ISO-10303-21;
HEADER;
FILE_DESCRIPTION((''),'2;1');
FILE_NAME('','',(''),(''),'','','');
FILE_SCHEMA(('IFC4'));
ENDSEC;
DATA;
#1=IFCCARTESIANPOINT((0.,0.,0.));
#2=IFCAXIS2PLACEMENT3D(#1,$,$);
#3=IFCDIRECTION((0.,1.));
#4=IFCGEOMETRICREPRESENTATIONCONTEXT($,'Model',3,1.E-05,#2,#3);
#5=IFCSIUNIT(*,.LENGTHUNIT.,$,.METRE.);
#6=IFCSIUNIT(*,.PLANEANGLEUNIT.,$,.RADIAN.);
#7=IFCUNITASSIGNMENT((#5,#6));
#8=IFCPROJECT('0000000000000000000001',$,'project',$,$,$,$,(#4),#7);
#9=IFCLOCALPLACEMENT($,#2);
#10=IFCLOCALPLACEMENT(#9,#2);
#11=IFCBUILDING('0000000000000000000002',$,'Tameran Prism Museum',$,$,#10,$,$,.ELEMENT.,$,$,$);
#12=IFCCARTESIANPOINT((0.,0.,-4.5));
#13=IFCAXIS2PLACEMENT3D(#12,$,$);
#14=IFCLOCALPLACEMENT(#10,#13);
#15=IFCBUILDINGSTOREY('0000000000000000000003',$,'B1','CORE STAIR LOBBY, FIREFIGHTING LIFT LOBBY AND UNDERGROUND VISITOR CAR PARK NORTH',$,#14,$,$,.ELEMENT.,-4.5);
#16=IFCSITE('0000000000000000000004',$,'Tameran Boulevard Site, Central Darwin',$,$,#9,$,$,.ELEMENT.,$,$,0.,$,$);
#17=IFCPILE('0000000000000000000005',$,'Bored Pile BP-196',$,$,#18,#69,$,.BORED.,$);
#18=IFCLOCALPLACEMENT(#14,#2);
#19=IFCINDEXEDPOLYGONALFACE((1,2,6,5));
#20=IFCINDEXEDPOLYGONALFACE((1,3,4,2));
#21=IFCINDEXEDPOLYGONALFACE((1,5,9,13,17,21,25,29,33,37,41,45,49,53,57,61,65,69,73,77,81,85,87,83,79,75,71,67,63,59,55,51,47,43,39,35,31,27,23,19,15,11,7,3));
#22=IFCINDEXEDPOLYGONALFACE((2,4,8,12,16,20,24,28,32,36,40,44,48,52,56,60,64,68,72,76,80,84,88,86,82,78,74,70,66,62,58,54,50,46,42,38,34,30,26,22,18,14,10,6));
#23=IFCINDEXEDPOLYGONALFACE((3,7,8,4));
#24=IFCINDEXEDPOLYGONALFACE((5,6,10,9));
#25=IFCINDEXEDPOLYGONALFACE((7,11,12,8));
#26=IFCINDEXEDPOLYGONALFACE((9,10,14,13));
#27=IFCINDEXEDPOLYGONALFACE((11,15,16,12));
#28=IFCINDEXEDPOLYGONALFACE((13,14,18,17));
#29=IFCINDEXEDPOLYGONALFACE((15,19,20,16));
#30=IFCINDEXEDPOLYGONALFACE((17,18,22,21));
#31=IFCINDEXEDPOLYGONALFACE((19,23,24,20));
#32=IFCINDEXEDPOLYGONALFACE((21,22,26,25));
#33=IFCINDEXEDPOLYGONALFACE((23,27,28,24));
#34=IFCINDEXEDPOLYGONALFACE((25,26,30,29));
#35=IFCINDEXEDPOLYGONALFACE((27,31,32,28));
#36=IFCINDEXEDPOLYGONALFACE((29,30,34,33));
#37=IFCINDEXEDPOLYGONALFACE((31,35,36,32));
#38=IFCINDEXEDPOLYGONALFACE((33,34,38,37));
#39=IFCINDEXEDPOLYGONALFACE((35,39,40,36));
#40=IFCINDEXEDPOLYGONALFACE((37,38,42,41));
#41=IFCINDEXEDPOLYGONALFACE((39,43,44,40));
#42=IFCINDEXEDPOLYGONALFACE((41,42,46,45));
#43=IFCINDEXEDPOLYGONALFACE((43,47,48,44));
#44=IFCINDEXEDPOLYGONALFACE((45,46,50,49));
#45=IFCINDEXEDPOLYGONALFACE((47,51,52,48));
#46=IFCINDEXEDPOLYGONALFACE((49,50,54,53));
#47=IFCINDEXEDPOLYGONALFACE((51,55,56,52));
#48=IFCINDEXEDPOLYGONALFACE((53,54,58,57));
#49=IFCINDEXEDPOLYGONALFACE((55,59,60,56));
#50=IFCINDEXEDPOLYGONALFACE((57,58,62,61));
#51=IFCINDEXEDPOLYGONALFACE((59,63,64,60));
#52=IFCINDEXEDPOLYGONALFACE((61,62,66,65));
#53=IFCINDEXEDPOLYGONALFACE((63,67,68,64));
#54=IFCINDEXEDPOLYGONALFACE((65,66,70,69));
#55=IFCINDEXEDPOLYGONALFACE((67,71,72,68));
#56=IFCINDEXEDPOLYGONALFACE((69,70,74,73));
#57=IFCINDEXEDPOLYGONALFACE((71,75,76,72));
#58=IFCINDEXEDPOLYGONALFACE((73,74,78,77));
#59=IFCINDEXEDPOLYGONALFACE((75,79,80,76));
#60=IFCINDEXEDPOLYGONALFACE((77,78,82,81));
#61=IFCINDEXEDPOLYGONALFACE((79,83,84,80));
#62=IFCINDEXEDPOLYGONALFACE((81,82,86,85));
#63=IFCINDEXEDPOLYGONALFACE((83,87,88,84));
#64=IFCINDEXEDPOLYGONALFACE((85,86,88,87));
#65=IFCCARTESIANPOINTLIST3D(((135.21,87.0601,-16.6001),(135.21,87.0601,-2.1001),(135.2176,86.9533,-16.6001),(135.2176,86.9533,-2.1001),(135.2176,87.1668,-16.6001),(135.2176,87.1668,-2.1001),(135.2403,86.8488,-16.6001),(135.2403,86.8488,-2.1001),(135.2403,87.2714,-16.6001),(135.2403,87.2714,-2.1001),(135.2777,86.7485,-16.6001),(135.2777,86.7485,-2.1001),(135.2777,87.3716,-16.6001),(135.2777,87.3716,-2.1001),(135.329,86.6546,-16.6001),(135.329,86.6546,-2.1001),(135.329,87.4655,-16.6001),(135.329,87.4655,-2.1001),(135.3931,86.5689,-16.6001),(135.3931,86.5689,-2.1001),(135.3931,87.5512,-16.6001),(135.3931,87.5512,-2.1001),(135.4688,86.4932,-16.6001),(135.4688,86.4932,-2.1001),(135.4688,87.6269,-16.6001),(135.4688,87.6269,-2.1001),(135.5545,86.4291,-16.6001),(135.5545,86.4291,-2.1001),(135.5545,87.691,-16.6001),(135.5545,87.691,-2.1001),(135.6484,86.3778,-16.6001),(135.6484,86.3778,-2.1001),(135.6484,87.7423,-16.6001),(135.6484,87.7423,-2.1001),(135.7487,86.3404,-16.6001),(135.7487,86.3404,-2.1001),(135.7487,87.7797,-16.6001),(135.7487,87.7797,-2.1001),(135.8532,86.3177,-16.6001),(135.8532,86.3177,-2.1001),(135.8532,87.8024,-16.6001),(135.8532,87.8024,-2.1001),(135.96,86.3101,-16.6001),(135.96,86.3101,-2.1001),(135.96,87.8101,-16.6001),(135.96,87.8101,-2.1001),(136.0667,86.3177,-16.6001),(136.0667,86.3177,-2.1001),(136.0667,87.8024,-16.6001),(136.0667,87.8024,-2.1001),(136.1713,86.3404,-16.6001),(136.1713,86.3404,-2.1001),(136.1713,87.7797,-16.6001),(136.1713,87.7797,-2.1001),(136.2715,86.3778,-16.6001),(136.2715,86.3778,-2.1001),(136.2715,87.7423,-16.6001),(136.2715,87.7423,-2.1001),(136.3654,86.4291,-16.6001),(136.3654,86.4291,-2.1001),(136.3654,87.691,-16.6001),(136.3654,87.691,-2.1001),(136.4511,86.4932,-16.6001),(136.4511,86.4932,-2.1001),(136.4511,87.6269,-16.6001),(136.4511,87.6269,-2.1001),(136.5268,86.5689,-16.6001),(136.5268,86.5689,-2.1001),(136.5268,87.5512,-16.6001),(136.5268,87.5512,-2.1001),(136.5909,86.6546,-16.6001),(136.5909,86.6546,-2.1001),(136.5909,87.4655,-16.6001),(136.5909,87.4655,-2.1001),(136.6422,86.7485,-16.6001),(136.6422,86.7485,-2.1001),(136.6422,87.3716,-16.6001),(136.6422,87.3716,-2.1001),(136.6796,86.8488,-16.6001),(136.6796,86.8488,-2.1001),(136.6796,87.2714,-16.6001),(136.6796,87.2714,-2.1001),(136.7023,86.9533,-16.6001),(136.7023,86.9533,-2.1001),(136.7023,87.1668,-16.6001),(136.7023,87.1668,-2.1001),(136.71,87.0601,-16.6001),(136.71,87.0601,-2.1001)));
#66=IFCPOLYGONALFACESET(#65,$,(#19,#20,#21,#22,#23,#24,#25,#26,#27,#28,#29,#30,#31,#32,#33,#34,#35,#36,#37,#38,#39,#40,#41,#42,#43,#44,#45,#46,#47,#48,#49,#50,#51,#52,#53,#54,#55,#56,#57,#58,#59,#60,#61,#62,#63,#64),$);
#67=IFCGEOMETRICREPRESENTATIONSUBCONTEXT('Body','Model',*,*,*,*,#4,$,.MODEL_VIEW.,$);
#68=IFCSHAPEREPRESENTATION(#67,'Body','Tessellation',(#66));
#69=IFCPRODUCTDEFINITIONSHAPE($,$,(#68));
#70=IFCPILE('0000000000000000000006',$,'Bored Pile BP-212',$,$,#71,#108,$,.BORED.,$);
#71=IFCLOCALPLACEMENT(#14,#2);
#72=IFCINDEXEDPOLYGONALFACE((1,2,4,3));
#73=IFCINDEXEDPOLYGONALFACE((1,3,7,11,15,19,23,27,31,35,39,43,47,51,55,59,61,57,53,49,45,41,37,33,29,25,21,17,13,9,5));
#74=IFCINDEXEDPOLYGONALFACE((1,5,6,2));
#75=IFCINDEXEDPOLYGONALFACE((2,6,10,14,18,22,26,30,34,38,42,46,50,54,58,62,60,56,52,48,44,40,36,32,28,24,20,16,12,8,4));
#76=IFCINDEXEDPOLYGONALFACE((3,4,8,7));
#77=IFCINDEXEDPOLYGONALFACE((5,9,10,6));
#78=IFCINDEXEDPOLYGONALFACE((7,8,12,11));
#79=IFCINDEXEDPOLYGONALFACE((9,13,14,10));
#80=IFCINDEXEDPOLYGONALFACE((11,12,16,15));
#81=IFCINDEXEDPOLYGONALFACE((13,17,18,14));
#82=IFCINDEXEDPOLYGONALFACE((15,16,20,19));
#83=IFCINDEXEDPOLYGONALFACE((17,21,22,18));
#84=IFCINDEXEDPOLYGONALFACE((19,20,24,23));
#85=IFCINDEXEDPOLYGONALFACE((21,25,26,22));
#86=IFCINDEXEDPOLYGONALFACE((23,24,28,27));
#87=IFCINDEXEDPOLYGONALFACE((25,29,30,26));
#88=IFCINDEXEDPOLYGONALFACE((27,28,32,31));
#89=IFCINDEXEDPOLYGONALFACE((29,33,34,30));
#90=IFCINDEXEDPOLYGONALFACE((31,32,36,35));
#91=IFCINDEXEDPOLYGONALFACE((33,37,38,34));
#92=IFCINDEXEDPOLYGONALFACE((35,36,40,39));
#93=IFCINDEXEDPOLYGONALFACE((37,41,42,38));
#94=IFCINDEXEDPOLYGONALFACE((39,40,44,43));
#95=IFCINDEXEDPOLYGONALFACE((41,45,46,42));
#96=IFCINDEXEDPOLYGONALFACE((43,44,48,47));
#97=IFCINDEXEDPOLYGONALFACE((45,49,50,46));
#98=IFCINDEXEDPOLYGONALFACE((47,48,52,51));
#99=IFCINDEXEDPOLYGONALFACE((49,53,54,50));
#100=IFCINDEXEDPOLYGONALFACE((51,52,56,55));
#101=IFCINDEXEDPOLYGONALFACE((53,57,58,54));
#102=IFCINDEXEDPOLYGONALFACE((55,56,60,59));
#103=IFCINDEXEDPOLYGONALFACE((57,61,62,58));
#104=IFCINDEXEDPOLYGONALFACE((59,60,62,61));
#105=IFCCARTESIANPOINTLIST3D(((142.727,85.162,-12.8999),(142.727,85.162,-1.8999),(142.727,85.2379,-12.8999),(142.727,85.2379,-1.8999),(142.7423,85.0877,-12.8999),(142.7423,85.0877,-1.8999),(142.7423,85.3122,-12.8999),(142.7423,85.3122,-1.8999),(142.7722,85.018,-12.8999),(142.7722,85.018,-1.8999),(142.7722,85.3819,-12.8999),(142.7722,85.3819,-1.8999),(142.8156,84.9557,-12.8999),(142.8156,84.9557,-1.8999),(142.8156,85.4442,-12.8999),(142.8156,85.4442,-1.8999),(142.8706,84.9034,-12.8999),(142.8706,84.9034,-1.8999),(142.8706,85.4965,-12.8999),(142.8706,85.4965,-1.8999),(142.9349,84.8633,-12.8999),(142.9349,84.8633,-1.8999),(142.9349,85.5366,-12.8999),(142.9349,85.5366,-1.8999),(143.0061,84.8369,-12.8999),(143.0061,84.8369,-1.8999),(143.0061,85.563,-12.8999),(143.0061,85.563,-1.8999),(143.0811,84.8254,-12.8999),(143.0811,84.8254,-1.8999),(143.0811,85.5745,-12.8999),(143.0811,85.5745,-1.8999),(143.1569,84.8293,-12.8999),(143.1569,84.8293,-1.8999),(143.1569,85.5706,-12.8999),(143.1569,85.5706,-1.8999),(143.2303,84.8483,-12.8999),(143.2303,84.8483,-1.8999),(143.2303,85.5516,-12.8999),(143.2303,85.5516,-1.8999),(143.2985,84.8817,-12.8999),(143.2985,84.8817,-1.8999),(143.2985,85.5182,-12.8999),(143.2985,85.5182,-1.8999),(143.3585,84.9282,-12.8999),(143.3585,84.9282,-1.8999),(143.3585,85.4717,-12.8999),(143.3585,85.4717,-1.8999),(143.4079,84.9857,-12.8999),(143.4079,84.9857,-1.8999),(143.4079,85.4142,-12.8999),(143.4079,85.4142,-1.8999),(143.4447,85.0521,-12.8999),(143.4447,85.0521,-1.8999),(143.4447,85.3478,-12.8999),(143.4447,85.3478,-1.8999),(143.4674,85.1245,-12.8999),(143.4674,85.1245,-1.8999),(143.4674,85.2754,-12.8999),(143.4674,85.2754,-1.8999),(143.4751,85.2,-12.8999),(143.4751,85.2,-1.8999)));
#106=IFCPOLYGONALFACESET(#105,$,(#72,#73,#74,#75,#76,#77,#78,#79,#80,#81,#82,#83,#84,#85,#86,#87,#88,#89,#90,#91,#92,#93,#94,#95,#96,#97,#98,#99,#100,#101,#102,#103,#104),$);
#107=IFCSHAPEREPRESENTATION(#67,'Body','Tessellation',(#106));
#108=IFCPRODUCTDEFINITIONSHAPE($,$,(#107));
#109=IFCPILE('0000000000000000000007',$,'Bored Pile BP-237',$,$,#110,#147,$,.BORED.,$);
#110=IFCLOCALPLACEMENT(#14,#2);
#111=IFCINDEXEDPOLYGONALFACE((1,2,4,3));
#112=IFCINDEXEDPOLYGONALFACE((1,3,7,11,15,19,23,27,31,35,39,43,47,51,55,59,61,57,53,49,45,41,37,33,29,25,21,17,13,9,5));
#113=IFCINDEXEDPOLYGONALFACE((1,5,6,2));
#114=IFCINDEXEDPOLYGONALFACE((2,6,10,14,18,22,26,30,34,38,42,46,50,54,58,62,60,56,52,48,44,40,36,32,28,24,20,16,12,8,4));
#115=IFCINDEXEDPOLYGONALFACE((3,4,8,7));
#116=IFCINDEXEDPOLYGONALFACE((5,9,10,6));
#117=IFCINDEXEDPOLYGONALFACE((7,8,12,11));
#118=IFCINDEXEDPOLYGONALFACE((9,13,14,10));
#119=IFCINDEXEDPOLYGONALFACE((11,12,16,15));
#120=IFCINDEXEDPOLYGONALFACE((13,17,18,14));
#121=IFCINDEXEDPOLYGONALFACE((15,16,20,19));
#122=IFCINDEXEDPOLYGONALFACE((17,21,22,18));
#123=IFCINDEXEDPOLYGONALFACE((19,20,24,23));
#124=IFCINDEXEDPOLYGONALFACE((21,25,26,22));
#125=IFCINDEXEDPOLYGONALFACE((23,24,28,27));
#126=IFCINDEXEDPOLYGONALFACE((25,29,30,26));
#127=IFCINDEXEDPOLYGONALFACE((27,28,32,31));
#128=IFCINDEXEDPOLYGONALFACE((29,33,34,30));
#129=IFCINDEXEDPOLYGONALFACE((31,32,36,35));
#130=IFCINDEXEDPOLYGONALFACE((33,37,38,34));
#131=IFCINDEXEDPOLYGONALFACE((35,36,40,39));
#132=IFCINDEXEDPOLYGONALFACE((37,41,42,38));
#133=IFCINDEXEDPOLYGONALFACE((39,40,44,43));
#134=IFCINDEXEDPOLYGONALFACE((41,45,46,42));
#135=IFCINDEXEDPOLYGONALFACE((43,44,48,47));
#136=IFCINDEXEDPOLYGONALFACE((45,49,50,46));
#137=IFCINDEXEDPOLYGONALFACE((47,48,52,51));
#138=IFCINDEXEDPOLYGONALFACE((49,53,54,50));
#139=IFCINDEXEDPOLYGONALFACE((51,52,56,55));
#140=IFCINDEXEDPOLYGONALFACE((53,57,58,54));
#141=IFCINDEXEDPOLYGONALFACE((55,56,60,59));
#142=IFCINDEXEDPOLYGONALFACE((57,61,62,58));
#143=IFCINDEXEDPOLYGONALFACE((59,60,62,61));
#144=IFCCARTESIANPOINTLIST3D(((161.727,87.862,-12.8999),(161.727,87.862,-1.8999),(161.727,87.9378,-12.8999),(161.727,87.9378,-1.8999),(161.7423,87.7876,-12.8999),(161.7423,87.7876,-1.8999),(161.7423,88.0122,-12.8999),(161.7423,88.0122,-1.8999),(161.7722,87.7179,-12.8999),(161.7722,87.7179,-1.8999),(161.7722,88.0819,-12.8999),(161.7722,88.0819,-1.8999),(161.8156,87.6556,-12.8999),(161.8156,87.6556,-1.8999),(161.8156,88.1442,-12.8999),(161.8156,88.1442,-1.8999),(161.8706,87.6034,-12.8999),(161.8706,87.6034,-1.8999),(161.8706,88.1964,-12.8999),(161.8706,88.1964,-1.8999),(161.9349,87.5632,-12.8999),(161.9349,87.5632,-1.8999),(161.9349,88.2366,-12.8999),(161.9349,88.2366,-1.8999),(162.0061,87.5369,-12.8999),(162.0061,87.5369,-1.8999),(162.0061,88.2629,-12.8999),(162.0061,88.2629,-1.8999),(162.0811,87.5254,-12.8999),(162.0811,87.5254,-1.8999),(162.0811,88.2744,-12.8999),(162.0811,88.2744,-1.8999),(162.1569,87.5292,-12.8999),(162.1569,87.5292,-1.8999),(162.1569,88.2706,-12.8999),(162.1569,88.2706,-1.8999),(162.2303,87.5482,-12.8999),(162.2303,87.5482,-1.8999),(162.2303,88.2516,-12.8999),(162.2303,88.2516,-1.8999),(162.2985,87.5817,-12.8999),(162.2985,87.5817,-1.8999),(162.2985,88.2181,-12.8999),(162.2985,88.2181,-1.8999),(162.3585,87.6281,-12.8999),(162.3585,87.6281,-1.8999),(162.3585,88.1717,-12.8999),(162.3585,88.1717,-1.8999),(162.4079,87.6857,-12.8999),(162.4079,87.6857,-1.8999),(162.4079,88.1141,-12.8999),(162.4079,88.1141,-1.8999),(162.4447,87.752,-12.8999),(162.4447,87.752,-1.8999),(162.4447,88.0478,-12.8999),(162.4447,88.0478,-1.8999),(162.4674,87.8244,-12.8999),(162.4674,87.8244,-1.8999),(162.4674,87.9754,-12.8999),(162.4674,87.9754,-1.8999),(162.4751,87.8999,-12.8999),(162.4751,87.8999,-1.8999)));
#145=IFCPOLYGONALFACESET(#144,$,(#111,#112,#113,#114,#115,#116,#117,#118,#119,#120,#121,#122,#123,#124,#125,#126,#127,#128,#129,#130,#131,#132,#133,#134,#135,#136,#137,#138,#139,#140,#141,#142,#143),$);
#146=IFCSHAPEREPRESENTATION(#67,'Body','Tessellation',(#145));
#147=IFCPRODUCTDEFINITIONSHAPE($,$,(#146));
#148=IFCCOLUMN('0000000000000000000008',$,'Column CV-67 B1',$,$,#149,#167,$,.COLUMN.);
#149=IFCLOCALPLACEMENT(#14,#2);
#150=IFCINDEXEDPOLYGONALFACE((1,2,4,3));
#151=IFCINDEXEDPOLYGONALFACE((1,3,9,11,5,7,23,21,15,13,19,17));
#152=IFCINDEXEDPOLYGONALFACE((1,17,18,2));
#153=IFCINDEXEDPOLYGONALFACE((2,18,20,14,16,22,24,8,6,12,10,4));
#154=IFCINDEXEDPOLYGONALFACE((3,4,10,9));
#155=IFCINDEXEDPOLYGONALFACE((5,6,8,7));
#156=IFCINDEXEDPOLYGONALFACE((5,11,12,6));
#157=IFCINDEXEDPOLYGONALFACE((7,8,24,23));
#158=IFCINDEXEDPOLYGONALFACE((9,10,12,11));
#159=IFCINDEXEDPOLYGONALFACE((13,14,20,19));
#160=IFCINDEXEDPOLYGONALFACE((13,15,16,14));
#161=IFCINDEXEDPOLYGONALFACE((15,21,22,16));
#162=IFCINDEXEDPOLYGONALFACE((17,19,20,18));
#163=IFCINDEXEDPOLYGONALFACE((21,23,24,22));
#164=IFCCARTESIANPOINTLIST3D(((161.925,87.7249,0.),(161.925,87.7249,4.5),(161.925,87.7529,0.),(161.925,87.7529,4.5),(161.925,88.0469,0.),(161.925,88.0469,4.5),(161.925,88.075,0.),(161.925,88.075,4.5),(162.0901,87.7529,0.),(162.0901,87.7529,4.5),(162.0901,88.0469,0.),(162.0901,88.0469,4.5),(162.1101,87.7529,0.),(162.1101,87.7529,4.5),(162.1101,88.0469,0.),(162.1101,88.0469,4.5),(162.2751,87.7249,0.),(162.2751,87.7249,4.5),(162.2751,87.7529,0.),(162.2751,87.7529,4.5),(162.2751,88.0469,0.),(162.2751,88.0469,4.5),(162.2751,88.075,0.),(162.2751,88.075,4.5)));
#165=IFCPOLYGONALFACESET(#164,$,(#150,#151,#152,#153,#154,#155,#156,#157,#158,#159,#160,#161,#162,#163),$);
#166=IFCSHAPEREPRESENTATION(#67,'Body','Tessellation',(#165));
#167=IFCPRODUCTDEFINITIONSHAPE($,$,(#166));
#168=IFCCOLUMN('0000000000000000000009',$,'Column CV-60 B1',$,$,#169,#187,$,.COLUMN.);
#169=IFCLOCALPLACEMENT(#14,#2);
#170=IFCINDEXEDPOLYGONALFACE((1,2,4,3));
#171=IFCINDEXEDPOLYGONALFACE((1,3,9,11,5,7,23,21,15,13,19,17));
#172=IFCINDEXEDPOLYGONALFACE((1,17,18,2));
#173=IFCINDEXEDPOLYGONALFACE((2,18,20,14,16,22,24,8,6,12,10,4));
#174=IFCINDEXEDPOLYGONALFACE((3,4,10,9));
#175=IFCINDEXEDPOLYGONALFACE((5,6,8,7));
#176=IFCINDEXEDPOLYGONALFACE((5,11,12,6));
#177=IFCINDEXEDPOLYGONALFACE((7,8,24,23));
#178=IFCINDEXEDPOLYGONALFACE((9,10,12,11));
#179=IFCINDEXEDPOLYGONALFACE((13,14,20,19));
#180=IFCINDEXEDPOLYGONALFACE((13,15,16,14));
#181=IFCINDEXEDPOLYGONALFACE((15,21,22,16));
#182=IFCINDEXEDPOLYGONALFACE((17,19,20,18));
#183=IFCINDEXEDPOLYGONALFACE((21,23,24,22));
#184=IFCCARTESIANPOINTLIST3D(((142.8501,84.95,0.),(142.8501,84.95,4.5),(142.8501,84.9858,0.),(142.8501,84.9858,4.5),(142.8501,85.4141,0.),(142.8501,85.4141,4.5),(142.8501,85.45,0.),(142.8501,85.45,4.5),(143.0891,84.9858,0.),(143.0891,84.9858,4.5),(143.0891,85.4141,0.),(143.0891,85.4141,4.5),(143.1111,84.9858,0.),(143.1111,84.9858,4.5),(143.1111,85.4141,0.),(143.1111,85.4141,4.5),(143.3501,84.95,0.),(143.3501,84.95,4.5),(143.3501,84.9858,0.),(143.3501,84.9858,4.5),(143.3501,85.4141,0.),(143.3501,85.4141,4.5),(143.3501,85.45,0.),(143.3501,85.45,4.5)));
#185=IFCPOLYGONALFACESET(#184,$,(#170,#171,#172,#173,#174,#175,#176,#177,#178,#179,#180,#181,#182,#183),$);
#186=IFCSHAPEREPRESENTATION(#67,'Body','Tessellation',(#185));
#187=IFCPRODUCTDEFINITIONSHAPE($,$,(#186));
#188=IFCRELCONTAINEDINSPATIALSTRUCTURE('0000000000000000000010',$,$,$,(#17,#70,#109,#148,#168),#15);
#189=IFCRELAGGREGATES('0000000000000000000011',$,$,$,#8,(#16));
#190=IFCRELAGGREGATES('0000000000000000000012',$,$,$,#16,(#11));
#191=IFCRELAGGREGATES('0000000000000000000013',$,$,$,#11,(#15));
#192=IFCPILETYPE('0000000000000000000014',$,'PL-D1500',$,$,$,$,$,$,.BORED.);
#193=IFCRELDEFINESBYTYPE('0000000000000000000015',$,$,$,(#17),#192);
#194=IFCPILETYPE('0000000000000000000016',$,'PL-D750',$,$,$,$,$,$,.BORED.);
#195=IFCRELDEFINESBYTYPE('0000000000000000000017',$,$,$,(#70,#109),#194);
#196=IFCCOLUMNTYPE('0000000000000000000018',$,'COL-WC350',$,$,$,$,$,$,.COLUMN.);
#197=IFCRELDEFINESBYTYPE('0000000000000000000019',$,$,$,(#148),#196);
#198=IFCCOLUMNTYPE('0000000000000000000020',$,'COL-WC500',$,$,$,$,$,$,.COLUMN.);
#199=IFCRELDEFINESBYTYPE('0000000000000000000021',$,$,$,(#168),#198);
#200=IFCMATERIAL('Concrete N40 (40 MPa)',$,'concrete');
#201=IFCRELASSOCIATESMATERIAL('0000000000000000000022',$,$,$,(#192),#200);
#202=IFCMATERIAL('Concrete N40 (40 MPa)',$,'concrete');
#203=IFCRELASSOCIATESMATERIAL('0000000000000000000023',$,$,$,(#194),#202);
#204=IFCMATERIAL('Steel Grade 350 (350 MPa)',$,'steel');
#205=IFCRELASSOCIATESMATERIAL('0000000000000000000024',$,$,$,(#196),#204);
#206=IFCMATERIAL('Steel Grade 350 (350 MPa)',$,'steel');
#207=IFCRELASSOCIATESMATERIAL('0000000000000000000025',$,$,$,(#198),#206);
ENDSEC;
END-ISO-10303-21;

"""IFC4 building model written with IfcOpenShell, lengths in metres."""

from ifc_helpers import new_model, si_unit, direction, frame, origin, origin_2d, place, context, subcontext, project, spatial, circle, i_section, extrude, material, material_profile, profile_set, type_object, element, save


model = new_model("IFC4")

# Units and contexts
model_context = context("Model", 3, precision=1e-05, world=origin(), true_north=direction((0.0, 1.0)))
body_context = subcontext(model_context, "Body", "Model", "MODEL_VIEW")
ifc_project = project(units=[si_unit("LENGTHUNIT", "METRE"), si_unit("PLANEANGLEUNIT", "RADIAN")], contexts=[model_context])

# Site, building, storey
site_placement = place(None, origin())
site = spatial("IfcSite", under=ifc_project, at=site_placement, Name="Tameran Boulevard Site, Central Darwin", CompositionType="ELEMENT", RefElevation=0.0)
building_placement = place(site_placement, origin())
building = spatial("IfcBuilding", under=site, at=building_placement, Name="Tameran Prism Museum", CompositionType="ELEMENT")
storey_placement = place(building_placement, frame((0.0, 0.0, -4.5)))
storey = spatial("IfcBuildingStorey", under=building, at=storey_placement, Name="B1", Description="CORE STAIR LOBBY, FIREFIGHTING LIFT LOBBY AND UNDERGROUND VISITOR CAR PARK NORTH", CompositionType="ELEMENT", Elevation=-4.5)

# Piles
ifc_material_1 = material(Name="Concrete N40 (40 MPa)", Category="concrete")
ifc_material_profile_1 = material_profile(ifc_material_1, circle(Radius=0.75, at=origin_2d()))
ifc_profile_set_1 = profile_set([ifc_material_profile_1])
pile_type_1 = type_object("IfcPileType", Name="PL-D1500", PredefinedType="BORED", material=ifc_profile_set_1)
for number, where, z_axis, x_axis, name in (
    (1, (135.96, 87.0601, -2.1001), (0.0, 0.0, -1.0), (1.0, 0.0, 0.0), "Bored Pile BP-196"),
):
    element("IfcPile", number, at=place(storey_placement, frame(where, z_axis=z_axis, x_axis=x_axis)), inside=storey, type_object=pile_type_1, Name=name, PredefinedType="BORED", context=body_context, shape_type="SweptSolid", body=[
        extrude(circle(Radius=0.75, at=origin_2d()), origin(), (0.0, 0.0, 1.0), 14.5),
    ])
ifc_material_2 = material(Name="Concrete N40 (40 MPa)", Category="concrete")
ifc_material_profile_2 = material_profile(ifc_material_2, circle(Radius=0.375, at=origin_2d()))
ifc_profile_set_2 = profile_set([ifc_material_profile_2])
pile_type_2 = type_object("IfcPileType", Name="PL-D750", PredefinedType="BORED", material=ifc_profile_set_2)
for number, where, z_axis, x_axis, name in (
    (2, (143.1001, 85.2, -1.8999), (0.0, 0.0, -1.0), (1.0, 0.0, 0.0), "Bored Pile BP-212"),
    (3, (162.1001, 87.8999, -1.8999), (0.0, 0.0, -1.0), (1.0, 0.0, 0.0), "Bored Pile BP-237"),
):
    element("IfcPile", number, at=place(storey_placement, frame(where, z_axis=z_axis, x_axis=x_axis)), inside=storey, type_object=pile_type_2, Name=name, PredefinedType="BORED", context=body_context, shape_type="SweptSolid", body=[
        extrude(circle(Radius=0.375, at=origin_2d()), origin(), (0.0, 0.0, 1.0), 11.0),
    ])

# Columns
ifc_material_3 = material(Name="Steel Grade 350 (350 MPa)", Category="steel")
ifc_material_profile_3 = material_profile(ifc_material_3, i_section(OverallWidth=0.3501, OverallDepth=0.3501, WebThickness=0.02, FlangeThickness=0.0281, at=origin_2d()))
ifc_profile_set_3 = profile_set([ifc_material_profile_3])
column_type_1 = type_object("IfcColumnType", Name="COL-WC350", PredefinedType="COLUMN", material=ifc_profile_set_3)
column_placement = place(storey_placement, frame((162.1001, 87.8999, 0.0), z_axis=(0.0, 0.0, 1.0), x_axis=(1.0, 0.0, 0.0)))
element("IfcColumn", 4, at=column_placement, inside=storey, type_object=column_type_1, Name="Column CV-67 B1", PredefinedType="COLUMN", context=body_context, shape_type="SweptSolid", body=[
    extrude(i_section(OverallWidth=0.3501, OverallDepth=0.3501, WebThickness=0.02, FlangeThickness=0.0281, at=origin_2d()), origin(), (0.0, 0.0, 1.0), 4.5),
])
ifc_material_4 = material(Name="Steel Grade 350 (350 MPa)", Category="steel")
ifc_material_profile_4 = material_profile(ifc_material_4, i_section(OverallWidth=0.5, OverallDepth=0.5, WebThickness=0.022, FlangeThickness=0.0359, at=origin_2d()))
ifc_profile_set_4 = profile_set([ifc_material_profile_4])
column_type_2 = type_object("IfcColumnType", Name="COL-WC500", PredefinedType="COLUMN", material=ifc_profile_set_4)
for number, where, z_axis, x_axis, name in (
    (5, (143.1001, 85.2, 0.0), (0.0, 0.0, 1.0), (1.0, 0.0, 0.0), "Column CV-60 B1"),
):
    element("IfcColumn", number, at=place(storey_placement, frame(where, z_axis=z_axis, x_axis=x_axis)), inside=storey, type_object=column_type_2, Name=name, PredefinedType="COLUMN", context=body_context, shape_type="SweptSolid", body=[
        extrude(i_section(OverallWidth=0.5, OverallDepth=0.5, WebThickness=0.022, FlangeThickness=0.0359, at=origin_2d()), origin(), (0.0, 0.0, 1.0), 4.5),
    ])

save(model, "model.ifc")
